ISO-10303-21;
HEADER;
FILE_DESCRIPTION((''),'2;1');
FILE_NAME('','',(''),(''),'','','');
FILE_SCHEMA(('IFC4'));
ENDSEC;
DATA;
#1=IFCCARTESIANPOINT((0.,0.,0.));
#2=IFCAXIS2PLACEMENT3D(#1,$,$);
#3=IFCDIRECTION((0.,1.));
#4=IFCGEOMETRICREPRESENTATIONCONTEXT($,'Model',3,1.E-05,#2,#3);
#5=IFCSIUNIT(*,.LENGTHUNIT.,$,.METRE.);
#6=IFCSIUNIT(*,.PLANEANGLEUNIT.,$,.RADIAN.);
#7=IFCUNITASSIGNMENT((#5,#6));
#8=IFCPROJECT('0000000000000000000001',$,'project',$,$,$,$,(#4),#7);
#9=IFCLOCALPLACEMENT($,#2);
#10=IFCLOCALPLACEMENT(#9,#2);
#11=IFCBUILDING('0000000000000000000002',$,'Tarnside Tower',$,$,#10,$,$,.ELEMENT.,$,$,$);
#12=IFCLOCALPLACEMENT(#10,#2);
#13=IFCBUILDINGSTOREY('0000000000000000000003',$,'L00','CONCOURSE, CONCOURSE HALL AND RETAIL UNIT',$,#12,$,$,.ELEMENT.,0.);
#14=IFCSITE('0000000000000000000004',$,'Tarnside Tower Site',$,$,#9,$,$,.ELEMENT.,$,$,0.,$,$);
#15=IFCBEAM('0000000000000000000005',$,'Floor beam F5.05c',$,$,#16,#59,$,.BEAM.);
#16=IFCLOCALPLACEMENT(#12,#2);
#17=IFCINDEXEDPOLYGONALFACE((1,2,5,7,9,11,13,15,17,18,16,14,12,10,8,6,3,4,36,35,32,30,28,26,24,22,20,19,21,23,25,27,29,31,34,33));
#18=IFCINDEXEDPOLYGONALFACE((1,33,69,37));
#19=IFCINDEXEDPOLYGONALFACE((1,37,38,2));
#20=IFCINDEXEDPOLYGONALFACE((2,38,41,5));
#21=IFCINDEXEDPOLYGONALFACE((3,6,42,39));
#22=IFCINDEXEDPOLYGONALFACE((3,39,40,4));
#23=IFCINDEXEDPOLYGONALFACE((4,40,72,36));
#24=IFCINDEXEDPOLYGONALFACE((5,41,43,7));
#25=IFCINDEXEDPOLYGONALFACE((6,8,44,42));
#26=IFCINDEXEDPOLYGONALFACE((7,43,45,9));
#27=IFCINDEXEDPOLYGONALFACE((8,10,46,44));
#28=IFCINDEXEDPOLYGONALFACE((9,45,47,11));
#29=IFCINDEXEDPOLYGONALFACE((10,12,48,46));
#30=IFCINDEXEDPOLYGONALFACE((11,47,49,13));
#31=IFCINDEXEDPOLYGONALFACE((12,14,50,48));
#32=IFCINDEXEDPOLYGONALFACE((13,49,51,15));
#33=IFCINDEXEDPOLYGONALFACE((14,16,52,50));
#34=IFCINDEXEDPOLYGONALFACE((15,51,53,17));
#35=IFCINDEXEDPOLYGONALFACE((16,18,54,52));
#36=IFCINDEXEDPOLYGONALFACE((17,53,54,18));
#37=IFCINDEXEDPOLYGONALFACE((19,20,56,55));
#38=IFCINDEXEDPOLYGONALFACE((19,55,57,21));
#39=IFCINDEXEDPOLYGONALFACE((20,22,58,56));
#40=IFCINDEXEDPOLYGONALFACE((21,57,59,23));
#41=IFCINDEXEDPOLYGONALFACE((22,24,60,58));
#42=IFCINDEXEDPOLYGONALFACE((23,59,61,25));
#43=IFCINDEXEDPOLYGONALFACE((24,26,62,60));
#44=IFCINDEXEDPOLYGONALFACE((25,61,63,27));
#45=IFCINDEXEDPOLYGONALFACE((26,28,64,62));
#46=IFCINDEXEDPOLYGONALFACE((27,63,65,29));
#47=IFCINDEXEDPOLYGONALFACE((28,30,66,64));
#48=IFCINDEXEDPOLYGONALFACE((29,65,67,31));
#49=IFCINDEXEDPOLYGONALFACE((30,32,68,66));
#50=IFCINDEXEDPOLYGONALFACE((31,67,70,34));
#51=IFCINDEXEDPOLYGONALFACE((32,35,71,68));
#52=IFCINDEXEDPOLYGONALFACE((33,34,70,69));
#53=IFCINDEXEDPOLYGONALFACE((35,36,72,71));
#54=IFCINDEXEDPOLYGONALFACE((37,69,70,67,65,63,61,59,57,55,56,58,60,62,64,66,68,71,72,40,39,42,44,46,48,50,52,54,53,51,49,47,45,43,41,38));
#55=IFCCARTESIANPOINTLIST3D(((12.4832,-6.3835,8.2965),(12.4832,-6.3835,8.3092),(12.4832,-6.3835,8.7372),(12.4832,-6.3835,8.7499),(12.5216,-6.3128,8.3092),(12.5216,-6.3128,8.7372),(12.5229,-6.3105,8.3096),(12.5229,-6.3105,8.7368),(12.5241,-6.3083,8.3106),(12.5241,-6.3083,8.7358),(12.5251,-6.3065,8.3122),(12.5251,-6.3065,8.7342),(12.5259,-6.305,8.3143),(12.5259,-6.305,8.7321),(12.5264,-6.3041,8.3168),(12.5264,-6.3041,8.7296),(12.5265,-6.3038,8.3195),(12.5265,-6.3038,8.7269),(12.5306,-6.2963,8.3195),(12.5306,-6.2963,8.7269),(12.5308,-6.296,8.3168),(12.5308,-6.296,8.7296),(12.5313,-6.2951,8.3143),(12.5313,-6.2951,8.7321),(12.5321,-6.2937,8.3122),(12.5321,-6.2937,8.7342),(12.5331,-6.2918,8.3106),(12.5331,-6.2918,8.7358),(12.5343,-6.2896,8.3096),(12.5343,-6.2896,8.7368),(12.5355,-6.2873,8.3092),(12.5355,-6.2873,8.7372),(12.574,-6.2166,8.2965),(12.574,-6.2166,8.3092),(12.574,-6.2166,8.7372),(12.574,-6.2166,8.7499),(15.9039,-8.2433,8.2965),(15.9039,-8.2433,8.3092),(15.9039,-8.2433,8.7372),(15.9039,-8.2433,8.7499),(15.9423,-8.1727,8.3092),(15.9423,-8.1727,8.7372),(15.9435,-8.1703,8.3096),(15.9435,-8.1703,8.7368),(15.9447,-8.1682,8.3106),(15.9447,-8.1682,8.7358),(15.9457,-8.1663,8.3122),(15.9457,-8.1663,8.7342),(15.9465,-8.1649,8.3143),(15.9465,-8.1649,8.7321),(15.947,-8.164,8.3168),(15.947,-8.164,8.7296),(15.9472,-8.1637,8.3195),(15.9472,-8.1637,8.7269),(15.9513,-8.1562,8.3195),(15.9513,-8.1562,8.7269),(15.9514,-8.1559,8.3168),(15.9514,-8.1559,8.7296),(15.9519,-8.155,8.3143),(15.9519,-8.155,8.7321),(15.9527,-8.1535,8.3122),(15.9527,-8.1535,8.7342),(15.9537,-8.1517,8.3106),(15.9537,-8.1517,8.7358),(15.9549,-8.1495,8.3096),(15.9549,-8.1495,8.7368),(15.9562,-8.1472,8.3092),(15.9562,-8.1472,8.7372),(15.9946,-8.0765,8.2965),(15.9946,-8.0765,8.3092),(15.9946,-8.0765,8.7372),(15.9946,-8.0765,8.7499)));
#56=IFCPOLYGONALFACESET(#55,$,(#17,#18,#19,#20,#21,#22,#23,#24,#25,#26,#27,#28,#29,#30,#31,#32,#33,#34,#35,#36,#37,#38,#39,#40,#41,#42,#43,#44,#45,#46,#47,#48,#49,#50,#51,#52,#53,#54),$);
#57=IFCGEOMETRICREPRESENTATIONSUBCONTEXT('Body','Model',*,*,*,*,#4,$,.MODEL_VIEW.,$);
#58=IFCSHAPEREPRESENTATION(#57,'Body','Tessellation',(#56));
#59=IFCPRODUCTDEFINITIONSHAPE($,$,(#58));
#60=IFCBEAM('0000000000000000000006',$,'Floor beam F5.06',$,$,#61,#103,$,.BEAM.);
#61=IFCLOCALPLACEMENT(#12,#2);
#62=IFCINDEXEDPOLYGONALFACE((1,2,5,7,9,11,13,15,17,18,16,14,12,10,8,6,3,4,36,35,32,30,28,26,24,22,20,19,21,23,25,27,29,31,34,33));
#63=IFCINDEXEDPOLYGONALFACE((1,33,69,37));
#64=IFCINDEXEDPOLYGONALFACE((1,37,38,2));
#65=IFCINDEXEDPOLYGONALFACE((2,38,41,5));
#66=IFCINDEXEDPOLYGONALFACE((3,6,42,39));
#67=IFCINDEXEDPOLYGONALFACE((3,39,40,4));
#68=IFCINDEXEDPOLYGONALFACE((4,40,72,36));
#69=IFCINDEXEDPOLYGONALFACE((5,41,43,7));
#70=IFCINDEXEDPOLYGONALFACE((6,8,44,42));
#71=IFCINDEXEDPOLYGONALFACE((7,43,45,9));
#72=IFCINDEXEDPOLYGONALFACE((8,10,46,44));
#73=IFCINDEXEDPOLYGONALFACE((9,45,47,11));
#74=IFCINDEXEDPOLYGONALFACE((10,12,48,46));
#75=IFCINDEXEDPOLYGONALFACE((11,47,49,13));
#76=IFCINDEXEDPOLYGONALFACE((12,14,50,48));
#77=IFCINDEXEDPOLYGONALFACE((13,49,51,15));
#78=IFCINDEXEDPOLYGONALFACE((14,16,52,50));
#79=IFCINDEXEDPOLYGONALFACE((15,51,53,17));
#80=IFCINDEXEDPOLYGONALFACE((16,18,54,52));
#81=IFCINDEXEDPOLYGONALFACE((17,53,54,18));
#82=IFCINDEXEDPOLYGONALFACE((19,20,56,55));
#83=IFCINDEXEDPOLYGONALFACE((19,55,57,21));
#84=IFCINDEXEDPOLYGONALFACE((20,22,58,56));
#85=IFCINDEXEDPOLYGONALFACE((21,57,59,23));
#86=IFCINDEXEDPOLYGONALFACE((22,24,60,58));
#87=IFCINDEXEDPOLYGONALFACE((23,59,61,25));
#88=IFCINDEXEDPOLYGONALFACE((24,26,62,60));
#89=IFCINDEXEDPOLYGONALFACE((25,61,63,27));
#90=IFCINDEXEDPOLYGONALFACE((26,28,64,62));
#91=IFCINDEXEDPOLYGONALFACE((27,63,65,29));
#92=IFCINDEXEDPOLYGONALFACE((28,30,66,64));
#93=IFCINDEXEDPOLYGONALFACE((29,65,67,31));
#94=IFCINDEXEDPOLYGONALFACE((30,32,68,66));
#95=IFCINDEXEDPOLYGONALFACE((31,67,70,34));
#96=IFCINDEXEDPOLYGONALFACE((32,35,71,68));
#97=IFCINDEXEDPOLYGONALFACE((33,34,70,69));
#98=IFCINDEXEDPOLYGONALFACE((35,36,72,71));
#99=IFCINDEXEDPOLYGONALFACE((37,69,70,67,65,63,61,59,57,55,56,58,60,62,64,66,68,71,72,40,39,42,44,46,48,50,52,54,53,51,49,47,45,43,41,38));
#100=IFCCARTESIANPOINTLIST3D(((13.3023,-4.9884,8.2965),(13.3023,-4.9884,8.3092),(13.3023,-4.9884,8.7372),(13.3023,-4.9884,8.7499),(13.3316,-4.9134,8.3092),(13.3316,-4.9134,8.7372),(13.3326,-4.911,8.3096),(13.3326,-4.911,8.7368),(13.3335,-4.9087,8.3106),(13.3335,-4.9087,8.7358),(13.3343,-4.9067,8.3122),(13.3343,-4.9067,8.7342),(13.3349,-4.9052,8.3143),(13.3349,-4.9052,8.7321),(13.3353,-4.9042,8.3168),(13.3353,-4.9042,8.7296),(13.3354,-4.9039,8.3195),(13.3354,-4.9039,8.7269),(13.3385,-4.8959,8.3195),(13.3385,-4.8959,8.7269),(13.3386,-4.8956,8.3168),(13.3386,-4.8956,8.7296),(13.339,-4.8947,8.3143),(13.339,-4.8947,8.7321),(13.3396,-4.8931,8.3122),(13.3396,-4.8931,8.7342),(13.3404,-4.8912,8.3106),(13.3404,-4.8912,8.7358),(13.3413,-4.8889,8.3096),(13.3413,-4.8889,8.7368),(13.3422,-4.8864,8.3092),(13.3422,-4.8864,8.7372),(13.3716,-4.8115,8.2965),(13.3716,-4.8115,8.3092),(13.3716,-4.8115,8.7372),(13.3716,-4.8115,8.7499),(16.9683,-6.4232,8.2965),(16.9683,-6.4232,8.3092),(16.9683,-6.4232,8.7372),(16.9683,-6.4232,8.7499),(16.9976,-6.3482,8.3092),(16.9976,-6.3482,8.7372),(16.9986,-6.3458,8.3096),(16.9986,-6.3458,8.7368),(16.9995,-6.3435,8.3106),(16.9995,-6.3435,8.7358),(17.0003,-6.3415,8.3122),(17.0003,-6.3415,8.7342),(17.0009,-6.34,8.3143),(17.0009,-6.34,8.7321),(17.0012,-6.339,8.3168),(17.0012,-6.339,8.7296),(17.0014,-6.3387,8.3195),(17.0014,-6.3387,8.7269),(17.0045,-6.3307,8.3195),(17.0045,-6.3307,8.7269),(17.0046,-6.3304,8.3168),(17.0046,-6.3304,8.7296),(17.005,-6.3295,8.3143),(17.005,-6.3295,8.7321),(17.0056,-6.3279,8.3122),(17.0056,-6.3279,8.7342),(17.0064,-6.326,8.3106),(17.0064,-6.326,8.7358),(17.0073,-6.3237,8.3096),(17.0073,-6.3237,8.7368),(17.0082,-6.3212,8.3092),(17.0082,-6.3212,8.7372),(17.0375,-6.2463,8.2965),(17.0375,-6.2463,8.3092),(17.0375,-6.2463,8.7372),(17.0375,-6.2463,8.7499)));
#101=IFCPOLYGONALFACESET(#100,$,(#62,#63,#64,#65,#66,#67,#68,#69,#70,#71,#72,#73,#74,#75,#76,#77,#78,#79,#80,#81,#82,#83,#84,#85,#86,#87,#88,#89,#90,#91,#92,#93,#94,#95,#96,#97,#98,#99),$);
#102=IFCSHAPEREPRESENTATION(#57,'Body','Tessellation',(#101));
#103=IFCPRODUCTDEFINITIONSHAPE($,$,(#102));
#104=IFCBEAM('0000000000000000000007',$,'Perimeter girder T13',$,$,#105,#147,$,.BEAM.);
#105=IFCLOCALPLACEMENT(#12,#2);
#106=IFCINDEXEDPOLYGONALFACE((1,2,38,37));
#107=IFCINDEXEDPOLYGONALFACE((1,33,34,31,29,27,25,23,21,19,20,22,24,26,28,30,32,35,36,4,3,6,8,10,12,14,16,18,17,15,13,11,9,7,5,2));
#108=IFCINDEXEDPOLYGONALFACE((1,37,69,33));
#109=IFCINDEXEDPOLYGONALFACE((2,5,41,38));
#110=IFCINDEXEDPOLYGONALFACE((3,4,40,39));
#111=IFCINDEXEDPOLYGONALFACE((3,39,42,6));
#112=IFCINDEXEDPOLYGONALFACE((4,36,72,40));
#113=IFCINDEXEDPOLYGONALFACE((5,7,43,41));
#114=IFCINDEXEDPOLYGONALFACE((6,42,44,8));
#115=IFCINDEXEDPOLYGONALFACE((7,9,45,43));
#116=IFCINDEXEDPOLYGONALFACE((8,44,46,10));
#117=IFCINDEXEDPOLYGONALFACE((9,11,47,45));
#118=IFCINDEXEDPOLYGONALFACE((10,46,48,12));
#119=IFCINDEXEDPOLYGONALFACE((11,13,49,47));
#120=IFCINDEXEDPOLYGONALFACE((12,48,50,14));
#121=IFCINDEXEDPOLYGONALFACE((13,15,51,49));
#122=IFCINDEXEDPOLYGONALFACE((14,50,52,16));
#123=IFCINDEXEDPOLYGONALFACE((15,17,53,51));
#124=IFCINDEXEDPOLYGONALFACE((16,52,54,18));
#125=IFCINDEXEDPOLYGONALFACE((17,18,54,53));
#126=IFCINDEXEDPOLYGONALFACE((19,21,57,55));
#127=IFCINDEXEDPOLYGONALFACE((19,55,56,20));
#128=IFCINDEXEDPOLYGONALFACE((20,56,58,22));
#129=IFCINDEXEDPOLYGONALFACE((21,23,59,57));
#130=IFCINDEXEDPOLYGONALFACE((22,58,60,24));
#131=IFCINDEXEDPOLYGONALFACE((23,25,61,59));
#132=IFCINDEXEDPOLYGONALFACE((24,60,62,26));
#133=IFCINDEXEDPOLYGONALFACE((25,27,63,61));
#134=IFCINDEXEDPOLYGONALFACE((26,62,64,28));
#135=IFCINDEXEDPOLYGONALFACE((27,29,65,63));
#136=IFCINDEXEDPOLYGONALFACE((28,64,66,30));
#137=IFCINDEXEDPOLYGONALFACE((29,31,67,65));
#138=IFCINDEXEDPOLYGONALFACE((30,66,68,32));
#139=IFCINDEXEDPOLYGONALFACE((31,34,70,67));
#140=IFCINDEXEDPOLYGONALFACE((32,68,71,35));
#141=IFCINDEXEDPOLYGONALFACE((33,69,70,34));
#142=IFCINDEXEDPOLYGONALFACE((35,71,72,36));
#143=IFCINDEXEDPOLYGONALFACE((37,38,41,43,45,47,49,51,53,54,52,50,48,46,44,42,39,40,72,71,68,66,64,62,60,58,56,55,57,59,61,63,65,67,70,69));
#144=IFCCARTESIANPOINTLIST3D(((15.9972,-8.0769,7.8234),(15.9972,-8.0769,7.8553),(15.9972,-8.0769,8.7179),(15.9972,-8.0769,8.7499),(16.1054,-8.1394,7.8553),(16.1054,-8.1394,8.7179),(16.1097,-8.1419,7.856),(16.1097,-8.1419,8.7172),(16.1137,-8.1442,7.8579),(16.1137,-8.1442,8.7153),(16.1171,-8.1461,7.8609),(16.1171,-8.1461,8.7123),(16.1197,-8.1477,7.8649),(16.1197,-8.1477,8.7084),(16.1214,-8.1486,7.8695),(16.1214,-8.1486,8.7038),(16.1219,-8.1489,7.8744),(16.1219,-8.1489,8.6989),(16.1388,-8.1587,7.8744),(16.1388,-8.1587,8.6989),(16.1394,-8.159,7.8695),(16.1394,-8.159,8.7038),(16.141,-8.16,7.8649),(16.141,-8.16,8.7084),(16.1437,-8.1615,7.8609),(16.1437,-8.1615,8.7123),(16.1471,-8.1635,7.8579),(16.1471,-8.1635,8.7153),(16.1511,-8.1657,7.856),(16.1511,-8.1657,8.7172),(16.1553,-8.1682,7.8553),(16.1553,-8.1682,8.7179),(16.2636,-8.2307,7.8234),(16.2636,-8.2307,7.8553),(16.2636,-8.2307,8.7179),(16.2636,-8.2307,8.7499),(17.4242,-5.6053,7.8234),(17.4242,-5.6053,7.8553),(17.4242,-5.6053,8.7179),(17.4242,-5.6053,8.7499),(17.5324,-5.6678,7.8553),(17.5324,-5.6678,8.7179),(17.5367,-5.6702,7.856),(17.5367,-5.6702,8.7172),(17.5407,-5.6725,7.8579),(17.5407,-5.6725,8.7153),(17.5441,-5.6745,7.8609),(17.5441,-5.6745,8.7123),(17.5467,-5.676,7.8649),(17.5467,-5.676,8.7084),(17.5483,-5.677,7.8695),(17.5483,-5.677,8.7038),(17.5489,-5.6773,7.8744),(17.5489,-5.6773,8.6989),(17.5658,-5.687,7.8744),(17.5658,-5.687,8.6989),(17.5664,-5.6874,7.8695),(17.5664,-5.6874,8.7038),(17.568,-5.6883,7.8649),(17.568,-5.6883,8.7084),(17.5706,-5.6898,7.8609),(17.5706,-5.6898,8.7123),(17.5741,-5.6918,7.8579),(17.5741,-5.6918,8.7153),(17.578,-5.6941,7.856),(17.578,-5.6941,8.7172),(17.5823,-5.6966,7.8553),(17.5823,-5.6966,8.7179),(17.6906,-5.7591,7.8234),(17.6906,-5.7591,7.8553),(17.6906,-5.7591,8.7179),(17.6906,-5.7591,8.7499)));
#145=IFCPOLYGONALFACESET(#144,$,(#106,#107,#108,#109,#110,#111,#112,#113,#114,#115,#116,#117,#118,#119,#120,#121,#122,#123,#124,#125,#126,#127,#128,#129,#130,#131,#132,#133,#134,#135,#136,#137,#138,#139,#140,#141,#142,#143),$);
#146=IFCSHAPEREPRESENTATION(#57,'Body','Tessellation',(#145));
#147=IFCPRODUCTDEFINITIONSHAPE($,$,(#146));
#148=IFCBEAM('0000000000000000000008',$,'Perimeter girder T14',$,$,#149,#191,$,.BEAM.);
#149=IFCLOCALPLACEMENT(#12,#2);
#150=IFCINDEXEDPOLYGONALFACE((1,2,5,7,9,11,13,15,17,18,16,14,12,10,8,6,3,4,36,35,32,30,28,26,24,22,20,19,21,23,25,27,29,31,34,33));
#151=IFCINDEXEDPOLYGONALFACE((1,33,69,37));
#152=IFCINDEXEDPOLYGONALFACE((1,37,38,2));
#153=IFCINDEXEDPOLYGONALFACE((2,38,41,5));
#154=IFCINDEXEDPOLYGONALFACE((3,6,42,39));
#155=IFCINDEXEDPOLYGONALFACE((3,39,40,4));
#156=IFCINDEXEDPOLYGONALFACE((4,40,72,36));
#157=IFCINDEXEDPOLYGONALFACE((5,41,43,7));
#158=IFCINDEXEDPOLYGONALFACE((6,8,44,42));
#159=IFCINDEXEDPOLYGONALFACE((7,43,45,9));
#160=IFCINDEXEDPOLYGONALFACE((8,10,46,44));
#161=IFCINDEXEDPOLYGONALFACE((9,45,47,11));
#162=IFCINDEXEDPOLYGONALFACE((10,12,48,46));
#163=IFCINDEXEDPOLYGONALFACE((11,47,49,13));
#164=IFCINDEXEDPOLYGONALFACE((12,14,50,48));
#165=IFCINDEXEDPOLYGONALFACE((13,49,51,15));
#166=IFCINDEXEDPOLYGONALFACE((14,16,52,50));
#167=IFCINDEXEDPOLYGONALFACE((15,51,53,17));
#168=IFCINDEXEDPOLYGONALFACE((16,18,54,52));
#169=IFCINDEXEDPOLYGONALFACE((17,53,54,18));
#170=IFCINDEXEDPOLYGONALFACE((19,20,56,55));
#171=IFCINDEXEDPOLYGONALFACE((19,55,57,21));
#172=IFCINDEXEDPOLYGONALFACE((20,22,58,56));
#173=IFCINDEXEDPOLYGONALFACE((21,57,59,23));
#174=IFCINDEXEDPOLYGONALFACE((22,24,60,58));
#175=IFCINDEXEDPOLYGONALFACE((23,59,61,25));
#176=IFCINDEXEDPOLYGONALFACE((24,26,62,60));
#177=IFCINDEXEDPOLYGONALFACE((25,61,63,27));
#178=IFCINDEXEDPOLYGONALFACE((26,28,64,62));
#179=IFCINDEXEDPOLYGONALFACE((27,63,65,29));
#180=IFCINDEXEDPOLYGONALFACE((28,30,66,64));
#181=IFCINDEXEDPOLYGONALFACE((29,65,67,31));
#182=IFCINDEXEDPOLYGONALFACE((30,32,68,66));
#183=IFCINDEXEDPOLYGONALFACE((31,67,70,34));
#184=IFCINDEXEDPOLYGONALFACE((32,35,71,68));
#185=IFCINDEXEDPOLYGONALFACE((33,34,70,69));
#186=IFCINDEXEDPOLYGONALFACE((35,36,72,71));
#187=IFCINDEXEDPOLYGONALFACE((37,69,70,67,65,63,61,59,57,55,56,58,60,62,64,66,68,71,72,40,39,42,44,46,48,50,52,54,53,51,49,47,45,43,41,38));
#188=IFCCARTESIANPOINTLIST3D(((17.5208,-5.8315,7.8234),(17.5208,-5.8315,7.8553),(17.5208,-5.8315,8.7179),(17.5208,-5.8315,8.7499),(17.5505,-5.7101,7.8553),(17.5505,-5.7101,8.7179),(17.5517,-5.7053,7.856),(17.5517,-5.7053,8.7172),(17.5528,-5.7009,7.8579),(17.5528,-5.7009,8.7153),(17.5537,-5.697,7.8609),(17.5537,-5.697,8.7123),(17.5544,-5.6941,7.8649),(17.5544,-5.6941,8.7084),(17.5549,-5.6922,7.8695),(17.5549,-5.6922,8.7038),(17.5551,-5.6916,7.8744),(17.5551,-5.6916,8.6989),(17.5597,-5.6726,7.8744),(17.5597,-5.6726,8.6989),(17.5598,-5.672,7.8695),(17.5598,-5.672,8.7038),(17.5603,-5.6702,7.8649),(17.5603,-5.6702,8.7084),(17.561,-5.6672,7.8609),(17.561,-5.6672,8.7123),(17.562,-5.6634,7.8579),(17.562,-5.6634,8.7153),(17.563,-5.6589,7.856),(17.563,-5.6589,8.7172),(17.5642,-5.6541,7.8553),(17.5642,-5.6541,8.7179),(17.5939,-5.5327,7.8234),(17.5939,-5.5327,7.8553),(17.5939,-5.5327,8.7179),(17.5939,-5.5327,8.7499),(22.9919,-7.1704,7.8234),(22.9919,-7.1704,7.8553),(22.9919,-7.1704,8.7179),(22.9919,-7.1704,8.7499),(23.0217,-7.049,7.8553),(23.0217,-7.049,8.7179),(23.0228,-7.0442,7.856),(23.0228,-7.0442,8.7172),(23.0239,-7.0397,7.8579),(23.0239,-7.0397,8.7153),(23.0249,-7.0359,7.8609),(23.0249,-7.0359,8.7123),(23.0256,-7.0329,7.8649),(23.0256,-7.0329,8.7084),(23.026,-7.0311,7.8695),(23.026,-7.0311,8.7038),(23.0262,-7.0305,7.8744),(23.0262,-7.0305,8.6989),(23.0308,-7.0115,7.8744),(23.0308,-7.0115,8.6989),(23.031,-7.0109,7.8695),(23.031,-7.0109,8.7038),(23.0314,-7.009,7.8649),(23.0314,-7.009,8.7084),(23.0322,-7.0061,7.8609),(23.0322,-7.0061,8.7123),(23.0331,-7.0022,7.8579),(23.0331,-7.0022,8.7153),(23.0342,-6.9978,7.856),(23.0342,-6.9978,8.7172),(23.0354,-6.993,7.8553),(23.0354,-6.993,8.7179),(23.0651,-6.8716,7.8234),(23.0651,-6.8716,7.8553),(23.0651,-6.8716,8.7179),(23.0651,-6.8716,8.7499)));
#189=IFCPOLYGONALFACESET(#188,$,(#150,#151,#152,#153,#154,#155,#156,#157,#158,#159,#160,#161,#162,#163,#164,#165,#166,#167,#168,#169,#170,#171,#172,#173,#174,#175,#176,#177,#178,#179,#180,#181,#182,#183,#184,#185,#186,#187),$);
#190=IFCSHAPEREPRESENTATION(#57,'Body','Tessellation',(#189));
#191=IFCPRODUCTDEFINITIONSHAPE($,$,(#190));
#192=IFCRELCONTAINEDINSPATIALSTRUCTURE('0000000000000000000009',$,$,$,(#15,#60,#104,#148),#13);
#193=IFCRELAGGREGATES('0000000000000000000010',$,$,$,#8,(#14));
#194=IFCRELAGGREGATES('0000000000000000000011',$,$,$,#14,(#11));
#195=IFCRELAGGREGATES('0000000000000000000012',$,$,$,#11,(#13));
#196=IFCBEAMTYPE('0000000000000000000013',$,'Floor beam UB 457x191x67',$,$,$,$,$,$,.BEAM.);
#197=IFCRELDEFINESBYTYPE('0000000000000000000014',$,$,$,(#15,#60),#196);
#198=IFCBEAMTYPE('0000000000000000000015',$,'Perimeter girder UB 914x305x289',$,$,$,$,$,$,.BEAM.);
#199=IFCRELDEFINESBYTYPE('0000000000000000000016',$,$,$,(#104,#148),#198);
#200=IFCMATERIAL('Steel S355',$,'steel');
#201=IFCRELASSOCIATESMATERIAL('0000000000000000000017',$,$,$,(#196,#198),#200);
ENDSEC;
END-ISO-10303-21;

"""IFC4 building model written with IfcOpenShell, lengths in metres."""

from ifc_helpers import new_model, si_unit, direction, frame, origin, origin_2d, place, context, subcontext, project, spatial, i_section, extrude, material, material_profile, profile_set, type_object, element, save


model = new_model("IFC4")

# Units and contexts
model_context = context("Model", 3, precision=1e-05, world=origin(), true_north=direction((0.0, 1.0)))
body_context = subcontext(model_context, "Body", "Model", "MODEL_VIEW")
ifc_project = project(units=[si_unit("LENGTHUNIT", "METRE"), si_unit("PLANEANGLEUNIT", "RADIAN")], contexts=[model_context])

# Site, building, storey
site_placement = place(None, origin())
site = spatial("IfcSite", under=ifc_project, at=site_placement, Name="Tarnside Tower Site", CompositionType="ELEMENT", RefElevation=0.0)
building_placement = place(site_placement, origin())
building = spatial("IfcBuilding", under=site, at=building_placement, Name="Tarnside Tower", CompositionType="ELEMENT")
storey_placement = place(building_placement, origin())
storey = spatial("IfcBuildingStorey", under=building, at=storey_placement, Name="L00", Description="CONCOURSE, CONCOURSE HALL AND RETAIL UNIT", CompositionType="ELEMENT", Elevation=0.0)

# Beams
ifc_material_1 = material(Name="Steel S355", Category="steel")
ifc_material_profile_1 = material_profile(ifc_material_1, i_section(OverallWidth=0.1899, OverallDepth=0.4534, WebThickness=0.0085, FlangeThickness=0.0127, FilletRadius=0.0103, at=origin_2d()), Name="UB 457x191x67")
ifc_profile_set_1 = profile_set([ifc_material_profile_1], Name="Steel S355")
beam_type_1 = type_object("IfcBeamType", Name="Floor beam UB 457x191x67", PredefinedType="BEAM", material=ifc_profile_set_1)
beam_1_placement = place(storey_placement, frame((15.9492, -8.1599, 8.5232), z_axis=(-0.878537, 0.477674, 0.0), x_axis=(-0.477674, -0.878537, 0.0)))
element("IfcBeam", 1, at=beam_1_placement, inside=storey, type_object=beam_type_1, Name="Floor beam F5.05c", PredefinedType="BEAM", context=body_context, shape_type="SweptSolid", body=[
    extrude(i_section(OverallWidth=0.1899, OverallDepth=0.4534, WebThickness=0.0085, FlangeThickness=0.0127, FilletRadius=0.0103, at=origin_2d()), origin(), (0.0, 0.0, 1.0), 3.8936),
])
beam_2_placement = place(storey_placement, frame((17.0029, -6.3347, 8.5232), z_axis=(-0.931218, 0.364462, 0.0), x_axis=(-0.364462, -0.931218, 0.0)))
element("IfcBeam", 2, at=beam_2_placement, inside=storey, type_object=beam_type_1, Name="Floor beam F5.06", PredefinedType="BEAM", context=body_context, shape_type="SweptSolid", body=[
    extrude(i_section(OverallWidth=0.1899, OverallDepth=0.4534, WebThickness=0.0085, FlangeThickness=0.0127, FilletRadius=0.0103, at=origin_2d()), origin(), (0.0, 0.0, 1.0), 3.9368),
])
ifc_material_profile_2 = material_profile(ifc_material_1, i_section(OverallWidth=0.3076, OverallDepth=0.9265, WebThickness=0.0195, FlangeThickness=0.032, FilletRadius=0.019, at=origin_2d()), Name="UB 914x305x289")
ifc_profile_set_2 = profile_set([ifc_material_profile_2], Name="Steel S355")
beam_type_2 = type_object("IfcBeamType", Name="Perimeter girder UB 914x305x289", PredefinedType="BEAM", material=ifc_profile_set_2)
beam_3_placement = place(storey_placement, frame((16.1304, -8.1538, 8.2866), z_axis=(0.499994, 0.866029, 0.0), x_axis=(-0.866029, 0.499994, 0.0)))
element("IfcBeam", 3, at=beam_3_placement, inside=storey, type_object=beam_type_2, Name="Perimeter girder T13", PredefinedType="BEAM", context=body_context, shape_type="SweptSolid", body=[
    extrude(i_section(OverallWidth=0.3076, OverallDepth=0.9265, WebThickness=0.0195, FlangeThickness=0.032, FilletRadius=0.019, at=origin_2d()), origin(), (0.0, 0.0, 1.0), 2.854),
])
beam_4_placement = place(storey_placement, frame((17.5574, -5.6821, 8.2866), z_axis=(0.971339, -0.237698, 0.0), x_axis=(0.237698, 0.971339, 0.0)))
element("IfcBeam", 4, at=beam_4_placement, inside=storey, type_object=beam_type_2, Name="Perimeter girder T14", PredefinedType="BEAM", context=body_context, shape_type="SweptSolid", body=[
    extrude(i_section(OverallWidth=0.3076, OverallDepth=0.9265, WebThickness=0.0195, FlangeThickness=0.032, FilletRadius=0.019, at=origin_2d()), origin(), (0.0, 0.0, 1.0), 5.6326),
])

save(model, "model.ifc")
